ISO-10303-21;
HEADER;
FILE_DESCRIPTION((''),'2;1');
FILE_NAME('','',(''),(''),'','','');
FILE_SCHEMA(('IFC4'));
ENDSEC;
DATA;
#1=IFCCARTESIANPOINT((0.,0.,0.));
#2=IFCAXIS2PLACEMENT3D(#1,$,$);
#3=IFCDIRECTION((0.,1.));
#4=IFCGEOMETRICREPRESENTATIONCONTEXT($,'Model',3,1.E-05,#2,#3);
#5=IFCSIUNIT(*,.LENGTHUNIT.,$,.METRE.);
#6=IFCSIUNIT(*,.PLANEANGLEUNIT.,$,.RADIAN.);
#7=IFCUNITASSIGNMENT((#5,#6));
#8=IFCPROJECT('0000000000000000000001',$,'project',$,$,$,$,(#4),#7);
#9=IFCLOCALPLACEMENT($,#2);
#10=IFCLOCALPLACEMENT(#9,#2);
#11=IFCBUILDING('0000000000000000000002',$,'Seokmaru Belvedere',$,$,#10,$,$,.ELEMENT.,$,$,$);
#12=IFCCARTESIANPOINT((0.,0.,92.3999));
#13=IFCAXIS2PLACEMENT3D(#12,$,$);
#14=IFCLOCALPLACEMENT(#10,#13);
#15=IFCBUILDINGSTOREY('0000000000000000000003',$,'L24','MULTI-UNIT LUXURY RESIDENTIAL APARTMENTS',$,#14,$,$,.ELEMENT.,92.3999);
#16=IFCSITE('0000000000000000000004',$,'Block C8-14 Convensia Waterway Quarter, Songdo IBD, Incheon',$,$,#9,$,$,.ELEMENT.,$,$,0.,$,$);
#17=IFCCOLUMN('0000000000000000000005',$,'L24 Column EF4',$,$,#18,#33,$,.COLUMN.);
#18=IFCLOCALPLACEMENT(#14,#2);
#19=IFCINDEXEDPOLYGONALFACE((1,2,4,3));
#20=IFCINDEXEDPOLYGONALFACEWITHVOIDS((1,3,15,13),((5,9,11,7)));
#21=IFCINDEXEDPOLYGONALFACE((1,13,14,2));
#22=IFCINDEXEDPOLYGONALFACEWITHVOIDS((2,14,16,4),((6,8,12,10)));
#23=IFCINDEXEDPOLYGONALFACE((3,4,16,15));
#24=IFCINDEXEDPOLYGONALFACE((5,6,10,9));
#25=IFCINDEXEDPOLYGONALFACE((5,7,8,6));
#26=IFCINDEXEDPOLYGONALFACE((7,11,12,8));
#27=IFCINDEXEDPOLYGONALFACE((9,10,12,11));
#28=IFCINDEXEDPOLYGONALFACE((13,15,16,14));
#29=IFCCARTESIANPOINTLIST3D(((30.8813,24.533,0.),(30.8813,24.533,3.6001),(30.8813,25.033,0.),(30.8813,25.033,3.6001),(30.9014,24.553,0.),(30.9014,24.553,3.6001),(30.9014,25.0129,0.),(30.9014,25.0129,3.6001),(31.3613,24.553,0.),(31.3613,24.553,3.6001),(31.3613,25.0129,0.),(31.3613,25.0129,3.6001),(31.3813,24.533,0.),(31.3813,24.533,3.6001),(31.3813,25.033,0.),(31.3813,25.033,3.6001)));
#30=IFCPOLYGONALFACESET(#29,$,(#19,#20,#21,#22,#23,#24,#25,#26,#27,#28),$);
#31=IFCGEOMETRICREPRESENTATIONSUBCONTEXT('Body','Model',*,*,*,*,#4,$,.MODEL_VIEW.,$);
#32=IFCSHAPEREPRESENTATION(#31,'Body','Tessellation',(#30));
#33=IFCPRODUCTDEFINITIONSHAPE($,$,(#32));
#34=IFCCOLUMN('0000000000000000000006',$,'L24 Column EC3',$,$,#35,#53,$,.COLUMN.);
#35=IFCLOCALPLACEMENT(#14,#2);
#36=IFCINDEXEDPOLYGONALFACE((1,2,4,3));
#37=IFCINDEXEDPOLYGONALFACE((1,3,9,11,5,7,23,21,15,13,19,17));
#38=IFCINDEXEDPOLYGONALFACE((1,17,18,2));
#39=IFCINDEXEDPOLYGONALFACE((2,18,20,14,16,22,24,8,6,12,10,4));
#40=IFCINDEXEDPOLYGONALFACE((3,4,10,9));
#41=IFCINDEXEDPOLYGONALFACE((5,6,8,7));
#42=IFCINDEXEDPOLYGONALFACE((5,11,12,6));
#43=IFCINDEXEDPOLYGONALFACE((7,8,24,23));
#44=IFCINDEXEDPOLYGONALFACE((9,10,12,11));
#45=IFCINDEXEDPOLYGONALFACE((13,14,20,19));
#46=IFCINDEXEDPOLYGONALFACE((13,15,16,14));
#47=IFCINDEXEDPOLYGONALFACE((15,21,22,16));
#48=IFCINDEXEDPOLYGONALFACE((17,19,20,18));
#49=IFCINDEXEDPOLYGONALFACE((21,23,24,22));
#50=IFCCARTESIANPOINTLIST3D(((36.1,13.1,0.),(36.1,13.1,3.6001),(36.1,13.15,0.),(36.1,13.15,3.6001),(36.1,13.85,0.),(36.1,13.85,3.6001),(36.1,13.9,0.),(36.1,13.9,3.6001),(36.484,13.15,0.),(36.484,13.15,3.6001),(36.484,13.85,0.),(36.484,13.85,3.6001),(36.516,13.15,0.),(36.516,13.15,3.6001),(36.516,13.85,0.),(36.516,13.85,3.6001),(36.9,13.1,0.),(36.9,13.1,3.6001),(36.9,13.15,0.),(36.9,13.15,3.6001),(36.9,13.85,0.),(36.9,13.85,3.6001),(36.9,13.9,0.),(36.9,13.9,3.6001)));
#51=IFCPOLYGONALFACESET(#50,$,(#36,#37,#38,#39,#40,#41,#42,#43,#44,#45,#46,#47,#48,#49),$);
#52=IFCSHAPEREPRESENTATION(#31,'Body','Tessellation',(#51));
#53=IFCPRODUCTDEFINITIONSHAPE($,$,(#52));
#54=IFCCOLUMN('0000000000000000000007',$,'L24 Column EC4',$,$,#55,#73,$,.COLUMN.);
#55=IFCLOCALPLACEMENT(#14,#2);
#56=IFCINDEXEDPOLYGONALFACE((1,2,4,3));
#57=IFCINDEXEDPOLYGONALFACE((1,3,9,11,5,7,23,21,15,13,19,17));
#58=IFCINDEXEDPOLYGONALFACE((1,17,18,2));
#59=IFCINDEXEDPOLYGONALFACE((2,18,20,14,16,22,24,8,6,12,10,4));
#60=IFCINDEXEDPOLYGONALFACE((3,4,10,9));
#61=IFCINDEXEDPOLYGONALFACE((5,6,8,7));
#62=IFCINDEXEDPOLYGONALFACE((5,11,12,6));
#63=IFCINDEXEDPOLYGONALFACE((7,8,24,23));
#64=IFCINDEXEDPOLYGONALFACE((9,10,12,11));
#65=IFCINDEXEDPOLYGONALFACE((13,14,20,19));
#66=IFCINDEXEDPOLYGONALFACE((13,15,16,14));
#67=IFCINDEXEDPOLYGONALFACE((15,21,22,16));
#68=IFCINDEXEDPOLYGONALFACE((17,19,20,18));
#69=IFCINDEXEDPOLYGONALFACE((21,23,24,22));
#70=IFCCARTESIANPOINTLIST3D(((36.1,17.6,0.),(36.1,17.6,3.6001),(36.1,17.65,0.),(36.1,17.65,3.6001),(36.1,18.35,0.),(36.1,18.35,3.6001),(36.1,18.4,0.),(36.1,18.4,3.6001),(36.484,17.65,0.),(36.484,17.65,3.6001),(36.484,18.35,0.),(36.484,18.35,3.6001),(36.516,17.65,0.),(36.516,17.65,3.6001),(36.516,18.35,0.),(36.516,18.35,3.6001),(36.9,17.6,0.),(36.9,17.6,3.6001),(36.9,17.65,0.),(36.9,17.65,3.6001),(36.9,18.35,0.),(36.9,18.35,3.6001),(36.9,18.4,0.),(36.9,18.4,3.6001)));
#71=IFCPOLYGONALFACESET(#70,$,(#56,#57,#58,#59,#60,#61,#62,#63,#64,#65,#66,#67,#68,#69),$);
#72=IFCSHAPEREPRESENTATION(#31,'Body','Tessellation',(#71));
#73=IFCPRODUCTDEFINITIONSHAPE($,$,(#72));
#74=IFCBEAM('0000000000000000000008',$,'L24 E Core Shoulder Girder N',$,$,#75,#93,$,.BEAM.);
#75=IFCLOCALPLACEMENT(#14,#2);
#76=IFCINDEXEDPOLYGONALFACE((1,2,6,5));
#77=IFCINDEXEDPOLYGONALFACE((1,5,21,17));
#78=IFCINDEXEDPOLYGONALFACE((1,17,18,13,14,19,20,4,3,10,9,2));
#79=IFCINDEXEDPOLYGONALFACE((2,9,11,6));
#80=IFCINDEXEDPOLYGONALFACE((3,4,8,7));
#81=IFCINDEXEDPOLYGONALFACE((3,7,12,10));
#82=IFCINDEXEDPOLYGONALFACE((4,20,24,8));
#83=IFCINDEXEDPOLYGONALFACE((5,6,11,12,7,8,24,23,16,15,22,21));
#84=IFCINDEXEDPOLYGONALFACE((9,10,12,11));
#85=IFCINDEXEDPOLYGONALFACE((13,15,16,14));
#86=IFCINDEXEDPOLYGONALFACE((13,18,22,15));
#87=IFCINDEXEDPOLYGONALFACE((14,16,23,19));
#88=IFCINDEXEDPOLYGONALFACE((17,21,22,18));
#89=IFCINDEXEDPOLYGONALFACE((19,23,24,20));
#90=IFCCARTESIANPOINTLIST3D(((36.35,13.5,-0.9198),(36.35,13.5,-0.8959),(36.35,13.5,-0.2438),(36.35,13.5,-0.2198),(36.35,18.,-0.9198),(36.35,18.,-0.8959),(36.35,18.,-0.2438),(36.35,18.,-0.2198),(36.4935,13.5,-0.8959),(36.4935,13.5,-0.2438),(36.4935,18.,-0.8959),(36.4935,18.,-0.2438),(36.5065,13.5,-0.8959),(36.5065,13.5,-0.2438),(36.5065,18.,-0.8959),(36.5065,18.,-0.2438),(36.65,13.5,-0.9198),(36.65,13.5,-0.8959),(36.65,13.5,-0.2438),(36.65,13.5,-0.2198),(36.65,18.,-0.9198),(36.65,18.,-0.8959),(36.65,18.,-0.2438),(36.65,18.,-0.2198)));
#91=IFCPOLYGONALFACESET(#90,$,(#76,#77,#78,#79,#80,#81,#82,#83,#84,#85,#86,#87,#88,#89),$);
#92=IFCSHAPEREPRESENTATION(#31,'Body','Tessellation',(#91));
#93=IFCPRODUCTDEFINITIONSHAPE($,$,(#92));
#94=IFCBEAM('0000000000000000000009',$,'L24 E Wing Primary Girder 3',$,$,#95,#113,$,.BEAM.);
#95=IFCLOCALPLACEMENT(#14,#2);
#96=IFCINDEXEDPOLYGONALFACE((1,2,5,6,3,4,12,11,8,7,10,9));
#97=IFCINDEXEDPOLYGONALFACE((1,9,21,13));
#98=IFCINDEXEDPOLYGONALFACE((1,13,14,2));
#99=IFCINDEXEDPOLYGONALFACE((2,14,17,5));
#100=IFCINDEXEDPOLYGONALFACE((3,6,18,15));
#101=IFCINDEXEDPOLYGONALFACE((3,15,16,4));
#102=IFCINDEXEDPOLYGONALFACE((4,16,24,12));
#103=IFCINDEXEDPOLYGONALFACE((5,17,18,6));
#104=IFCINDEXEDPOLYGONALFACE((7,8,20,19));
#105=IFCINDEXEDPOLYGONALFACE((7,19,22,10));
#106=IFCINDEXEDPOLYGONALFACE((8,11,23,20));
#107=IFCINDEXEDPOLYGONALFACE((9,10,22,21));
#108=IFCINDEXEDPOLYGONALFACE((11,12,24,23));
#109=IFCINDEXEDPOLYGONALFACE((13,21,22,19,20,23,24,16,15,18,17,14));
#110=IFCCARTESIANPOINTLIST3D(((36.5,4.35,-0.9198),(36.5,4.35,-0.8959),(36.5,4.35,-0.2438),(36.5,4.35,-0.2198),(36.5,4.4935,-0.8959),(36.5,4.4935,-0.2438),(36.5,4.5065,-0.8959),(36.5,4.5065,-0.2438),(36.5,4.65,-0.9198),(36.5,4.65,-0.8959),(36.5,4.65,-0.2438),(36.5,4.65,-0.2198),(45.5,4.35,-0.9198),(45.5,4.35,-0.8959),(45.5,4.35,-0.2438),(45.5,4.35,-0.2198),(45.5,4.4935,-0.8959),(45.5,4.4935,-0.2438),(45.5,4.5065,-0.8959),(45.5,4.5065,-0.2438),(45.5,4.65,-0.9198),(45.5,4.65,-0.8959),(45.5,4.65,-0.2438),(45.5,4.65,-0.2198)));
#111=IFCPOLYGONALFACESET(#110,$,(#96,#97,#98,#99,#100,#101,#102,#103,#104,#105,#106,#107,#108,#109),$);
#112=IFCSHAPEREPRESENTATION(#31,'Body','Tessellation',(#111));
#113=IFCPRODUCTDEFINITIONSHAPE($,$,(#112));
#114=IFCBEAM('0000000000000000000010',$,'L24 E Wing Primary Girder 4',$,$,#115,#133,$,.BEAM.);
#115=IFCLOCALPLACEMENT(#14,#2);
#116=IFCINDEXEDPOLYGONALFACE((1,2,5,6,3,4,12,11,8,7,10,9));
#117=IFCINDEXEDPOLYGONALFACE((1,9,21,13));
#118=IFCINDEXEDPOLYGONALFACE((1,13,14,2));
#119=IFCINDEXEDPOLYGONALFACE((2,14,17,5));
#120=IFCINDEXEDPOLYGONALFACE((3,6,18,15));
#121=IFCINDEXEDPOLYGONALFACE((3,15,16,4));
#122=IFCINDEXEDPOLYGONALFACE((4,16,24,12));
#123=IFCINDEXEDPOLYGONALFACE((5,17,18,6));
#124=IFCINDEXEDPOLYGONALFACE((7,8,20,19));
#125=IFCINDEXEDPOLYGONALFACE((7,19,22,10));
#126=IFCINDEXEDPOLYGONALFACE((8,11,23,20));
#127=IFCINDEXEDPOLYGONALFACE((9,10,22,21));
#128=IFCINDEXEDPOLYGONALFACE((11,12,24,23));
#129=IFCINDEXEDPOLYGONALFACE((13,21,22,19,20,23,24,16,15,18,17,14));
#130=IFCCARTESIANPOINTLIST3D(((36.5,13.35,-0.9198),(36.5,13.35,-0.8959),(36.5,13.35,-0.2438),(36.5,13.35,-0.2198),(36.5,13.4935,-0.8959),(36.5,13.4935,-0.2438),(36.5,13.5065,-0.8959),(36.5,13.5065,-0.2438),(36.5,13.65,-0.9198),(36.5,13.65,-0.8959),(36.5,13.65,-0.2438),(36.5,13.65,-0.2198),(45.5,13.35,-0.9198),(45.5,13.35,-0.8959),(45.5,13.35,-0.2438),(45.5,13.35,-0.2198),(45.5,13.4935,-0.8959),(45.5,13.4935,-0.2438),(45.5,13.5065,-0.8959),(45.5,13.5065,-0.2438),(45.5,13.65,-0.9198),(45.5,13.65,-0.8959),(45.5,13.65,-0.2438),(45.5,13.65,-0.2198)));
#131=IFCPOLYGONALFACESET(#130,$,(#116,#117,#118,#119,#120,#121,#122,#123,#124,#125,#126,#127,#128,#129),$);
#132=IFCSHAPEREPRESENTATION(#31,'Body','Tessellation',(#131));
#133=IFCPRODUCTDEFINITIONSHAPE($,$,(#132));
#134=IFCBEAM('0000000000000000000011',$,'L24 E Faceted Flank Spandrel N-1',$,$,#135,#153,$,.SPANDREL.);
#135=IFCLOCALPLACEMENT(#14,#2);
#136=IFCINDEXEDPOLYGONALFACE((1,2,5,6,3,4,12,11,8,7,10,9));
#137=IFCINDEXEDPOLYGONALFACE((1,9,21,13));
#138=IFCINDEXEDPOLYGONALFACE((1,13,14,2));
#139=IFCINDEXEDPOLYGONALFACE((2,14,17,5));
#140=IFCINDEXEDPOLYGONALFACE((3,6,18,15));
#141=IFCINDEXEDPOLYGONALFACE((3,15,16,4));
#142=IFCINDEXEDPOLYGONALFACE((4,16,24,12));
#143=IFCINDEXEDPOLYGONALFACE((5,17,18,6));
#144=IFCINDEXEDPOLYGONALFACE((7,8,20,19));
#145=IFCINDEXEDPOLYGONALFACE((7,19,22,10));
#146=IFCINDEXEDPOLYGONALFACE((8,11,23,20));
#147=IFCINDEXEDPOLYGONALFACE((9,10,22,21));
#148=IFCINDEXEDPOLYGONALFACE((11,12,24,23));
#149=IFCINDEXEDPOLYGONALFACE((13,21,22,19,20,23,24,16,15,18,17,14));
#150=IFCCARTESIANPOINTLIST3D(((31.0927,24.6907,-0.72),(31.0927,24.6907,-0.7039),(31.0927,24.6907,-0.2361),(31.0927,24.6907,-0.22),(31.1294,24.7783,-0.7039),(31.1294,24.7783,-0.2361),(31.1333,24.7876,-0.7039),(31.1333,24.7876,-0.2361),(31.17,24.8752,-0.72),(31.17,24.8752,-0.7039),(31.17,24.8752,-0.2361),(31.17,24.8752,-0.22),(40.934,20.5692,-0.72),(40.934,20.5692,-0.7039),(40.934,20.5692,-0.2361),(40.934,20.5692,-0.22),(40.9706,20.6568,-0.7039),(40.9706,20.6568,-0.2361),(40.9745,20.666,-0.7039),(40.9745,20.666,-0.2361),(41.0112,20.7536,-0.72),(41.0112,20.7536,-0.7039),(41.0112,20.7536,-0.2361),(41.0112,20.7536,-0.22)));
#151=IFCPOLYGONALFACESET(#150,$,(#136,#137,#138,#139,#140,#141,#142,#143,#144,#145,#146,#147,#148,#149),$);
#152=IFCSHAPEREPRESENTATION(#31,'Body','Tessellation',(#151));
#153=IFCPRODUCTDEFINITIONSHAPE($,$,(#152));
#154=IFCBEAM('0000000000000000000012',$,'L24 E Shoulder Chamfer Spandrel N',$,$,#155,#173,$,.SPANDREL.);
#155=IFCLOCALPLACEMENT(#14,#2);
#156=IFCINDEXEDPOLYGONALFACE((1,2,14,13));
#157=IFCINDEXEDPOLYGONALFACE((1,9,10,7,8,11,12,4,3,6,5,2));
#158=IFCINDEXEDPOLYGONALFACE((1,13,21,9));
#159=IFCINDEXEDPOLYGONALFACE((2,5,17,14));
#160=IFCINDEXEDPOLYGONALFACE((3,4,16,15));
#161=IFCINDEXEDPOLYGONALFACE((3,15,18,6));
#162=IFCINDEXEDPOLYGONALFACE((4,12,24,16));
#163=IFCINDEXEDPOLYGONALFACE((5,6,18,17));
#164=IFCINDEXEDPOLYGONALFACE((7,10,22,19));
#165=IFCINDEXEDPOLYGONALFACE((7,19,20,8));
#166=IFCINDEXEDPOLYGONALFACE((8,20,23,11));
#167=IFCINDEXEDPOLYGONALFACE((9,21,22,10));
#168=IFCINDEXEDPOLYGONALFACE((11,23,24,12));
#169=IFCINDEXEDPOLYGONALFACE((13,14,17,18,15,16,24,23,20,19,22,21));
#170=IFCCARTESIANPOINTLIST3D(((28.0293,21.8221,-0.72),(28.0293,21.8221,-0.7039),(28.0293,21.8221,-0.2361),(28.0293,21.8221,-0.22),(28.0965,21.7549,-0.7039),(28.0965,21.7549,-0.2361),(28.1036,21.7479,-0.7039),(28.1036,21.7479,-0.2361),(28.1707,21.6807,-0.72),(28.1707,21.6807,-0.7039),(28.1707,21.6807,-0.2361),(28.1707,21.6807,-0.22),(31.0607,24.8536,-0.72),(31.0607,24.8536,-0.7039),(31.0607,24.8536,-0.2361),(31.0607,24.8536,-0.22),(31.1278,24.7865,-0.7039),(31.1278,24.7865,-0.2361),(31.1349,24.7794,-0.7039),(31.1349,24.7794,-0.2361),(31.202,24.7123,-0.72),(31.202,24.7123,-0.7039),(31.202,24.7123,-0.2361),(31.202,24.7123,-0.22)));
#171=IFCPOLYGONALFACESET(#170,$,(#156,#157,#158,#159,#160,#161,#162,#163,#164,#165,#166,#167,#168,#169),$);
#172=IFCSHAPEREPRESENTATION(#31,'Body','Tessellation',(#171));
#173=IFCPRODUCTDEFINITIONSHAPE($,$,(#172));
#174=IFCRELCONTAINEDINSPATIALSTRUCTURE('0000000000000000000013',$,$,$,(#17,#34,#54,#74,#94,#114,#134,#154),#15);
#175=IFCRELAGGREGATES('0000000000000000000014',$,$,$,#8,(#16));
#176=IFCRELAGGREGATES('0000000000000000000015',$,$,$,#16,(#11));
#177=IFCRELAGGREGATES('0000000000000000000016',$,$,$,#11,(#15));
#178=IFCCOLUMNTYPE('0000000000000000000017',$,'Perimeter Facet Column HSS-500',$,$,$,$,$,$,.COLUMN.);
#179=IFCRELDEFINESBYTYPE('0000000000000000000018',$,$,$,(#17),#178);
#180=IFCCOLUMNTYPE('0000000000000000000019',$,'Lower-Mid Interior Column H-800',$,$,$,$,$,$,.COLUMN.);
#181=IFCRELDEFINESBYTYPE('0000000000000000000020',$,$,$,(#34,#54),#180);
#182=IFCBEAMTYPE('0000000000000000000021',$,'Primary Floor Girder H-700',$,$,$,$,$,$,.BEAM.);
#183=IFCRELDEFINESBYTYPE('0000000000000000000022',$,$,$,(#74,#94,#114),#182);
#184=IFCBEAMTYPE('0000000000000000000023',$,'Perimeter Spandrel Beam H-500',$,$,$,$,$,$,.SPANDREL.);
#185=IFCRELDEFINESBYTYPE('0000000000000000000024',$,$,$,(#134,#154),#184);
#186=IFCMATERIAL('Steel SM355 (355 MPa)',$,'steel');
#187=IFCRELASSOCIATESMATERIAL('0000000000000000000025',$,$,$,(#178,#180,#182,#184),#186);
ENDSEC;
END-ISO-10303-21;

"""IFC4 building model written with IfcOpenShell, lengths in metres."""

from ifc_helpers import new_model, si_unit, direction, frame, origin, origin_2d, place, context, subcontext, project, spatial, hollow_rectangle, i_section, extrude, source, transform, mapped, material, material_profile, profile_set, type_object, type_shapes, element, save


model = new_model("IFC4")

# Units and contexts
model_context = context("Model", 3, precision=1e-05, world=origin(), true_north=direction((0.0, 1.0)))
body_context = subcontext(model_context, "Body", "Model", "MODEL_VIEW")
ifc_project = project(units=[si_unit("LENGTHUNIT", "METRE"), si_unit("PLANEANGLEUNIT", "RADIAN")], contexts=[model_context])

# Site, building, storey
site_placement = place(None, origin())
site = spatial("IfcSite", under=ifc_project, at=site_placement, Name="Block C8-14 Convensia Waterway Quarter, Songdo IBD, Incheon", CompositionType="ELEMENT", RefElevation=0.0)
building_placement = place(site_placement, origin())
building = spatial("IfcBuilding", under=site, at=building_placement, Name="Seokmaru Belvedere", CompositionType="ELEMENT")
storey_placement = place(building_placement, frame((0.0, 0.0, 92.3999)))
storey = spatial("IfcBuildingStorey", under=building, at=storey_placement, Name="L24", Description="MULTI-UNIT LUXURY RESIDENTIAL APARTMENTS", CompositionType="ELEMENT", Elevation=92.3999)

# Columns
ifc_material_1 = material(Name="Steel SM355 (355 MPa)", Category="steel")
ifc_material_profile_1 = material_profile(ifc_material_1, hollow_rectangle(XDim=0.5, YDim=0.5, WallThickness=0.02, at=origin_2d()), Name="HSS-500x500x20")
ifc_profile_set_1 = profile_set([ifc_material_profile_1], Name="Steel SM355 (355 MPa)")
column_type_1 = type_object("IfcColumnType", Name="Perimeter Facet Column HSS-500", PredefinedType="COLUMN", material=ifc_profile_set_1)
shared_shape_1 = source(origin(), body_context, "Body", "SweptSolid", [
    extrude(hollow_rectangle(XDim=0.5, YDim=0.5, WallThickness=0.02, at=origin_2d()), origin(), (0.0, 0.0, 1.0), 3.6001),
])
type_shapes(column_type_1, [shared_shape_1])
column_placement = place(storey_placement, frame((31.1313, 24.783, 0.0), z_axis=(0.0, 0.0, 1.0), x_axis=(1.0, 0.0, 0.0)))
element("IfcColumn", 1, at=column_placement, inside=storey, type_object=column_type_1, Name="L24 Column EF4", PredefinedType="COLUMN", context=body_context, shape_type="MappedRepresentation", body=[
    mapped(shared_shape_1, transform((0.0, 0.0, 0.0), scale=1.0)),
])
ifc_material_profile_2 = material_profile(ifc_material_1, i_section(OverallWidth=0.8, OverallDepth=0.8, WebThickness=0.032, FlangeThickness=0.05, at=origin_2d()), Name="H-800x800x32x50")
ifc_profile_set_2 = profile_set([ifc_material_profile_2], Name="Steel SM355 (355 MPa)")
column_type_2 = type_object("IfcColumnType", Name="Lower-Mid Interior Column H-800", PredefinedType="COLUMN", material=ifc_profile_set_2)
shared_shape_2 = source(origin(), body_context, "Body", "SweptSolid", [
    extrude(i_section(OverallWidth=0.8, OverallDepth=0.8, WebThickness=0.032, FlangeThickness=0.05, at=origin_2d()), origin(), (0.0, 0.0, 1.0), 3.6001),
])
type_shapes(column_type_2, [shared_shape_2])
for number, where, z_axis, x_axis, name in (
    (2, (36.5, 13.5, 0.0), (0.0, 0.0, 1.0), (1.0, 0.0, 0.0), "L24 Column EC3"),
    (3, (36.5, 18.0, 0.0), (0.0, 0.0, 1.0), (1.0, 0.0, 0.0), "L24 Column EC4"),
):
    element("IfcColumn", number, at=place(storey_placement, frame(where, z_axis=z_axis, x_axis=x_axis)), inside=storey, type_object=column_type_2, Name=name, PredefinedType="COLUMN", context=body_context, shape_type="MappedRepresentation", body=[
        mapped(shared_shape_2, transform((0.0, 0.0, 0.0), scale=1.0)),
    ])

# Beams
ifc_material_profile_3 = material_profile(ifc_material_1, i_section(OverallWidth=0.3, OverallDepth=0.7, WebThickness=0.0129, FlangeThickness=0.0239, at=origin_2d()), Name="H-700x300x13x24")
ifc_profile_set_3 = profile_set([ifc_material_profile_3], Name="Steel SM355 (355 MPa)")
beam_type_1 = type_object("IfcBeamType", Name="Primary Floor Girder H-700", PredefinedType="BEAM", material=ifc_profile_set_3)
shared_shape_3 = source(origin(), body_context, "Body", "SweptSolid", [
    extrude(i_section(OverallWidth=0.3, OverallDepth=0.7, WebThickness=0.0129, FlangeThickness=0.0239, at=origin_2d()), origin(), (0.0, 0.0, 1.0), 4.5),
])
beam_1_placement = place(storey_placement, frame((36.5, 13.5, -0.5698), z_axis=(0.0, 1.0, 0.0), x_axis=(-1.0, 0.0, 0.0)))
element("IfcBeam", 4, at=beam_1_placement, inside=storey, type_object=beam_type_1, Name="L24 E Core Shoulder Girder N", PredefinedType="BEAM", context=body_context, shape_type="MappedRepresentation", body=[
    mapped(shared_shape_3, transform((0.0, 0.0, 0.0), scale=1.0)),
])
shared_shape_4 = source(origin(), body_context, "Body", "SweptSolid", [
    extrude(i_section(OverallWidth=0.3, OverallDepth=0.7, WebThickness=0.0129, FlangeThickness=0.0239, at=origin_2d()), origin(), (0.0, 0.0, 1.0), 9.0),
])
type_shapes(beam_type_1, [shared_shape_3, shared_shape_4])
for number, where, z_axis, x_axis, name in (
    (5, (36.5, 4.5, -0.5698), (1.0, 0.0, 0.0), (0.0, 1.0, 0.0), "L24 E Wing Primary Girder 3"),
    (6, (36.5, 13.5, -0.5698), (1.0, 0.0, 0.0), (0.0, 1.0, 0.0), "L24 E Wing Primary Girder 4"),
):
    element("IfcBeam", number, at=place(storey_placement, frame(where, z_axis=z_axis, x_axis=x_axis)), inside=storey, type_object=beam_type_1, Name=name, PredefinedType="BEAM", context=body_context, shape_type="MappedRepresentation", body=[
        mapped(shared_shape_4, transform((0.0, 0.0, 0.0), scale=1.0)),
    ])
ifc_material_profile_4 = material_profile(ifc_material_1, i_section(OverallWidth=0.2, OverallDepth=0.5, WebThickness=0.01, FlangeThickness=0.0161, at=origin_2d()), Name="H-500x200x10x16")
ifc_profile_set_4 = profile_set([ifc_material_profile_4], Name="Steel SM355 (355 MPa)")
beam_type_2 = type_object("IfcBeamType", Name="Perimeter Spandrel Beam H-500", PredefinedType="SPANDREL", material=ifc_profile_set_4)
shared_shape_5 = source(origin(), body_context, "Body", "SweptSolid", [
    extrude(i_section(OverallWidth=0.2, OverallDepth=0.5, WebThickness=0.01, FlangeThickness=0.0161, at=origin_2d()), origin(), (0.0, 0.0, 1.0), 10.6694),
])
beam_2_placement = place(storey_placement, frame((31.1313, 24.783, -0.47), z_axis=(0.922375, -0.386295, 0.0), x_axis=(0.386295, 0.922375, 0.0)))
element("IfcBeam", 7, at=beam_2_placement, inside=storey, type_object=beam_type_2, Name="L24 E Faceted Flank Spandrel N-1", PredefinedType="SPANDREL", context=body_context, shape_type="MappedRepresentation", body=[
    mapped(shared_shape_5, transform((0.0, 0.0, 0.0), scale=1.0)),
])
shared_shape_6 = source(origin(), body_context, "Body", "SweptSolid", [
    extrude(i_section(OverallWidth=0.2, OverallDepth=0.5, WebThickness=0.01, FlangeThickness=0.0161, at=origin_2d()), origin(), (0.0, 0.0, 1.0), 4.2871),
])
type_shapes(beam_type_2, [shared_shape_5, shared_shape_6])
beam_3_placement = place(storey_placement, frame((31.1313, 24.783, -0.47), z_axis=(-0.707078, -0.707135, 0.0), x_axis=(0.707135, -0.707078, 0.0)))
element("IfcBeam", 8, at=beam_3_placement, inside=storey, type_object=beam_type_2, Name="L24 E Shoulder Chamfer Spandrel N", PredefinedType="SPANDREL", context=body_context, shape_type="MappedRepresentation", body=[
    mapped(shared_shape_6, transform((0.0, 0.0, 0.0), scale=1.0)),
])

save(model, "model.ifc")
